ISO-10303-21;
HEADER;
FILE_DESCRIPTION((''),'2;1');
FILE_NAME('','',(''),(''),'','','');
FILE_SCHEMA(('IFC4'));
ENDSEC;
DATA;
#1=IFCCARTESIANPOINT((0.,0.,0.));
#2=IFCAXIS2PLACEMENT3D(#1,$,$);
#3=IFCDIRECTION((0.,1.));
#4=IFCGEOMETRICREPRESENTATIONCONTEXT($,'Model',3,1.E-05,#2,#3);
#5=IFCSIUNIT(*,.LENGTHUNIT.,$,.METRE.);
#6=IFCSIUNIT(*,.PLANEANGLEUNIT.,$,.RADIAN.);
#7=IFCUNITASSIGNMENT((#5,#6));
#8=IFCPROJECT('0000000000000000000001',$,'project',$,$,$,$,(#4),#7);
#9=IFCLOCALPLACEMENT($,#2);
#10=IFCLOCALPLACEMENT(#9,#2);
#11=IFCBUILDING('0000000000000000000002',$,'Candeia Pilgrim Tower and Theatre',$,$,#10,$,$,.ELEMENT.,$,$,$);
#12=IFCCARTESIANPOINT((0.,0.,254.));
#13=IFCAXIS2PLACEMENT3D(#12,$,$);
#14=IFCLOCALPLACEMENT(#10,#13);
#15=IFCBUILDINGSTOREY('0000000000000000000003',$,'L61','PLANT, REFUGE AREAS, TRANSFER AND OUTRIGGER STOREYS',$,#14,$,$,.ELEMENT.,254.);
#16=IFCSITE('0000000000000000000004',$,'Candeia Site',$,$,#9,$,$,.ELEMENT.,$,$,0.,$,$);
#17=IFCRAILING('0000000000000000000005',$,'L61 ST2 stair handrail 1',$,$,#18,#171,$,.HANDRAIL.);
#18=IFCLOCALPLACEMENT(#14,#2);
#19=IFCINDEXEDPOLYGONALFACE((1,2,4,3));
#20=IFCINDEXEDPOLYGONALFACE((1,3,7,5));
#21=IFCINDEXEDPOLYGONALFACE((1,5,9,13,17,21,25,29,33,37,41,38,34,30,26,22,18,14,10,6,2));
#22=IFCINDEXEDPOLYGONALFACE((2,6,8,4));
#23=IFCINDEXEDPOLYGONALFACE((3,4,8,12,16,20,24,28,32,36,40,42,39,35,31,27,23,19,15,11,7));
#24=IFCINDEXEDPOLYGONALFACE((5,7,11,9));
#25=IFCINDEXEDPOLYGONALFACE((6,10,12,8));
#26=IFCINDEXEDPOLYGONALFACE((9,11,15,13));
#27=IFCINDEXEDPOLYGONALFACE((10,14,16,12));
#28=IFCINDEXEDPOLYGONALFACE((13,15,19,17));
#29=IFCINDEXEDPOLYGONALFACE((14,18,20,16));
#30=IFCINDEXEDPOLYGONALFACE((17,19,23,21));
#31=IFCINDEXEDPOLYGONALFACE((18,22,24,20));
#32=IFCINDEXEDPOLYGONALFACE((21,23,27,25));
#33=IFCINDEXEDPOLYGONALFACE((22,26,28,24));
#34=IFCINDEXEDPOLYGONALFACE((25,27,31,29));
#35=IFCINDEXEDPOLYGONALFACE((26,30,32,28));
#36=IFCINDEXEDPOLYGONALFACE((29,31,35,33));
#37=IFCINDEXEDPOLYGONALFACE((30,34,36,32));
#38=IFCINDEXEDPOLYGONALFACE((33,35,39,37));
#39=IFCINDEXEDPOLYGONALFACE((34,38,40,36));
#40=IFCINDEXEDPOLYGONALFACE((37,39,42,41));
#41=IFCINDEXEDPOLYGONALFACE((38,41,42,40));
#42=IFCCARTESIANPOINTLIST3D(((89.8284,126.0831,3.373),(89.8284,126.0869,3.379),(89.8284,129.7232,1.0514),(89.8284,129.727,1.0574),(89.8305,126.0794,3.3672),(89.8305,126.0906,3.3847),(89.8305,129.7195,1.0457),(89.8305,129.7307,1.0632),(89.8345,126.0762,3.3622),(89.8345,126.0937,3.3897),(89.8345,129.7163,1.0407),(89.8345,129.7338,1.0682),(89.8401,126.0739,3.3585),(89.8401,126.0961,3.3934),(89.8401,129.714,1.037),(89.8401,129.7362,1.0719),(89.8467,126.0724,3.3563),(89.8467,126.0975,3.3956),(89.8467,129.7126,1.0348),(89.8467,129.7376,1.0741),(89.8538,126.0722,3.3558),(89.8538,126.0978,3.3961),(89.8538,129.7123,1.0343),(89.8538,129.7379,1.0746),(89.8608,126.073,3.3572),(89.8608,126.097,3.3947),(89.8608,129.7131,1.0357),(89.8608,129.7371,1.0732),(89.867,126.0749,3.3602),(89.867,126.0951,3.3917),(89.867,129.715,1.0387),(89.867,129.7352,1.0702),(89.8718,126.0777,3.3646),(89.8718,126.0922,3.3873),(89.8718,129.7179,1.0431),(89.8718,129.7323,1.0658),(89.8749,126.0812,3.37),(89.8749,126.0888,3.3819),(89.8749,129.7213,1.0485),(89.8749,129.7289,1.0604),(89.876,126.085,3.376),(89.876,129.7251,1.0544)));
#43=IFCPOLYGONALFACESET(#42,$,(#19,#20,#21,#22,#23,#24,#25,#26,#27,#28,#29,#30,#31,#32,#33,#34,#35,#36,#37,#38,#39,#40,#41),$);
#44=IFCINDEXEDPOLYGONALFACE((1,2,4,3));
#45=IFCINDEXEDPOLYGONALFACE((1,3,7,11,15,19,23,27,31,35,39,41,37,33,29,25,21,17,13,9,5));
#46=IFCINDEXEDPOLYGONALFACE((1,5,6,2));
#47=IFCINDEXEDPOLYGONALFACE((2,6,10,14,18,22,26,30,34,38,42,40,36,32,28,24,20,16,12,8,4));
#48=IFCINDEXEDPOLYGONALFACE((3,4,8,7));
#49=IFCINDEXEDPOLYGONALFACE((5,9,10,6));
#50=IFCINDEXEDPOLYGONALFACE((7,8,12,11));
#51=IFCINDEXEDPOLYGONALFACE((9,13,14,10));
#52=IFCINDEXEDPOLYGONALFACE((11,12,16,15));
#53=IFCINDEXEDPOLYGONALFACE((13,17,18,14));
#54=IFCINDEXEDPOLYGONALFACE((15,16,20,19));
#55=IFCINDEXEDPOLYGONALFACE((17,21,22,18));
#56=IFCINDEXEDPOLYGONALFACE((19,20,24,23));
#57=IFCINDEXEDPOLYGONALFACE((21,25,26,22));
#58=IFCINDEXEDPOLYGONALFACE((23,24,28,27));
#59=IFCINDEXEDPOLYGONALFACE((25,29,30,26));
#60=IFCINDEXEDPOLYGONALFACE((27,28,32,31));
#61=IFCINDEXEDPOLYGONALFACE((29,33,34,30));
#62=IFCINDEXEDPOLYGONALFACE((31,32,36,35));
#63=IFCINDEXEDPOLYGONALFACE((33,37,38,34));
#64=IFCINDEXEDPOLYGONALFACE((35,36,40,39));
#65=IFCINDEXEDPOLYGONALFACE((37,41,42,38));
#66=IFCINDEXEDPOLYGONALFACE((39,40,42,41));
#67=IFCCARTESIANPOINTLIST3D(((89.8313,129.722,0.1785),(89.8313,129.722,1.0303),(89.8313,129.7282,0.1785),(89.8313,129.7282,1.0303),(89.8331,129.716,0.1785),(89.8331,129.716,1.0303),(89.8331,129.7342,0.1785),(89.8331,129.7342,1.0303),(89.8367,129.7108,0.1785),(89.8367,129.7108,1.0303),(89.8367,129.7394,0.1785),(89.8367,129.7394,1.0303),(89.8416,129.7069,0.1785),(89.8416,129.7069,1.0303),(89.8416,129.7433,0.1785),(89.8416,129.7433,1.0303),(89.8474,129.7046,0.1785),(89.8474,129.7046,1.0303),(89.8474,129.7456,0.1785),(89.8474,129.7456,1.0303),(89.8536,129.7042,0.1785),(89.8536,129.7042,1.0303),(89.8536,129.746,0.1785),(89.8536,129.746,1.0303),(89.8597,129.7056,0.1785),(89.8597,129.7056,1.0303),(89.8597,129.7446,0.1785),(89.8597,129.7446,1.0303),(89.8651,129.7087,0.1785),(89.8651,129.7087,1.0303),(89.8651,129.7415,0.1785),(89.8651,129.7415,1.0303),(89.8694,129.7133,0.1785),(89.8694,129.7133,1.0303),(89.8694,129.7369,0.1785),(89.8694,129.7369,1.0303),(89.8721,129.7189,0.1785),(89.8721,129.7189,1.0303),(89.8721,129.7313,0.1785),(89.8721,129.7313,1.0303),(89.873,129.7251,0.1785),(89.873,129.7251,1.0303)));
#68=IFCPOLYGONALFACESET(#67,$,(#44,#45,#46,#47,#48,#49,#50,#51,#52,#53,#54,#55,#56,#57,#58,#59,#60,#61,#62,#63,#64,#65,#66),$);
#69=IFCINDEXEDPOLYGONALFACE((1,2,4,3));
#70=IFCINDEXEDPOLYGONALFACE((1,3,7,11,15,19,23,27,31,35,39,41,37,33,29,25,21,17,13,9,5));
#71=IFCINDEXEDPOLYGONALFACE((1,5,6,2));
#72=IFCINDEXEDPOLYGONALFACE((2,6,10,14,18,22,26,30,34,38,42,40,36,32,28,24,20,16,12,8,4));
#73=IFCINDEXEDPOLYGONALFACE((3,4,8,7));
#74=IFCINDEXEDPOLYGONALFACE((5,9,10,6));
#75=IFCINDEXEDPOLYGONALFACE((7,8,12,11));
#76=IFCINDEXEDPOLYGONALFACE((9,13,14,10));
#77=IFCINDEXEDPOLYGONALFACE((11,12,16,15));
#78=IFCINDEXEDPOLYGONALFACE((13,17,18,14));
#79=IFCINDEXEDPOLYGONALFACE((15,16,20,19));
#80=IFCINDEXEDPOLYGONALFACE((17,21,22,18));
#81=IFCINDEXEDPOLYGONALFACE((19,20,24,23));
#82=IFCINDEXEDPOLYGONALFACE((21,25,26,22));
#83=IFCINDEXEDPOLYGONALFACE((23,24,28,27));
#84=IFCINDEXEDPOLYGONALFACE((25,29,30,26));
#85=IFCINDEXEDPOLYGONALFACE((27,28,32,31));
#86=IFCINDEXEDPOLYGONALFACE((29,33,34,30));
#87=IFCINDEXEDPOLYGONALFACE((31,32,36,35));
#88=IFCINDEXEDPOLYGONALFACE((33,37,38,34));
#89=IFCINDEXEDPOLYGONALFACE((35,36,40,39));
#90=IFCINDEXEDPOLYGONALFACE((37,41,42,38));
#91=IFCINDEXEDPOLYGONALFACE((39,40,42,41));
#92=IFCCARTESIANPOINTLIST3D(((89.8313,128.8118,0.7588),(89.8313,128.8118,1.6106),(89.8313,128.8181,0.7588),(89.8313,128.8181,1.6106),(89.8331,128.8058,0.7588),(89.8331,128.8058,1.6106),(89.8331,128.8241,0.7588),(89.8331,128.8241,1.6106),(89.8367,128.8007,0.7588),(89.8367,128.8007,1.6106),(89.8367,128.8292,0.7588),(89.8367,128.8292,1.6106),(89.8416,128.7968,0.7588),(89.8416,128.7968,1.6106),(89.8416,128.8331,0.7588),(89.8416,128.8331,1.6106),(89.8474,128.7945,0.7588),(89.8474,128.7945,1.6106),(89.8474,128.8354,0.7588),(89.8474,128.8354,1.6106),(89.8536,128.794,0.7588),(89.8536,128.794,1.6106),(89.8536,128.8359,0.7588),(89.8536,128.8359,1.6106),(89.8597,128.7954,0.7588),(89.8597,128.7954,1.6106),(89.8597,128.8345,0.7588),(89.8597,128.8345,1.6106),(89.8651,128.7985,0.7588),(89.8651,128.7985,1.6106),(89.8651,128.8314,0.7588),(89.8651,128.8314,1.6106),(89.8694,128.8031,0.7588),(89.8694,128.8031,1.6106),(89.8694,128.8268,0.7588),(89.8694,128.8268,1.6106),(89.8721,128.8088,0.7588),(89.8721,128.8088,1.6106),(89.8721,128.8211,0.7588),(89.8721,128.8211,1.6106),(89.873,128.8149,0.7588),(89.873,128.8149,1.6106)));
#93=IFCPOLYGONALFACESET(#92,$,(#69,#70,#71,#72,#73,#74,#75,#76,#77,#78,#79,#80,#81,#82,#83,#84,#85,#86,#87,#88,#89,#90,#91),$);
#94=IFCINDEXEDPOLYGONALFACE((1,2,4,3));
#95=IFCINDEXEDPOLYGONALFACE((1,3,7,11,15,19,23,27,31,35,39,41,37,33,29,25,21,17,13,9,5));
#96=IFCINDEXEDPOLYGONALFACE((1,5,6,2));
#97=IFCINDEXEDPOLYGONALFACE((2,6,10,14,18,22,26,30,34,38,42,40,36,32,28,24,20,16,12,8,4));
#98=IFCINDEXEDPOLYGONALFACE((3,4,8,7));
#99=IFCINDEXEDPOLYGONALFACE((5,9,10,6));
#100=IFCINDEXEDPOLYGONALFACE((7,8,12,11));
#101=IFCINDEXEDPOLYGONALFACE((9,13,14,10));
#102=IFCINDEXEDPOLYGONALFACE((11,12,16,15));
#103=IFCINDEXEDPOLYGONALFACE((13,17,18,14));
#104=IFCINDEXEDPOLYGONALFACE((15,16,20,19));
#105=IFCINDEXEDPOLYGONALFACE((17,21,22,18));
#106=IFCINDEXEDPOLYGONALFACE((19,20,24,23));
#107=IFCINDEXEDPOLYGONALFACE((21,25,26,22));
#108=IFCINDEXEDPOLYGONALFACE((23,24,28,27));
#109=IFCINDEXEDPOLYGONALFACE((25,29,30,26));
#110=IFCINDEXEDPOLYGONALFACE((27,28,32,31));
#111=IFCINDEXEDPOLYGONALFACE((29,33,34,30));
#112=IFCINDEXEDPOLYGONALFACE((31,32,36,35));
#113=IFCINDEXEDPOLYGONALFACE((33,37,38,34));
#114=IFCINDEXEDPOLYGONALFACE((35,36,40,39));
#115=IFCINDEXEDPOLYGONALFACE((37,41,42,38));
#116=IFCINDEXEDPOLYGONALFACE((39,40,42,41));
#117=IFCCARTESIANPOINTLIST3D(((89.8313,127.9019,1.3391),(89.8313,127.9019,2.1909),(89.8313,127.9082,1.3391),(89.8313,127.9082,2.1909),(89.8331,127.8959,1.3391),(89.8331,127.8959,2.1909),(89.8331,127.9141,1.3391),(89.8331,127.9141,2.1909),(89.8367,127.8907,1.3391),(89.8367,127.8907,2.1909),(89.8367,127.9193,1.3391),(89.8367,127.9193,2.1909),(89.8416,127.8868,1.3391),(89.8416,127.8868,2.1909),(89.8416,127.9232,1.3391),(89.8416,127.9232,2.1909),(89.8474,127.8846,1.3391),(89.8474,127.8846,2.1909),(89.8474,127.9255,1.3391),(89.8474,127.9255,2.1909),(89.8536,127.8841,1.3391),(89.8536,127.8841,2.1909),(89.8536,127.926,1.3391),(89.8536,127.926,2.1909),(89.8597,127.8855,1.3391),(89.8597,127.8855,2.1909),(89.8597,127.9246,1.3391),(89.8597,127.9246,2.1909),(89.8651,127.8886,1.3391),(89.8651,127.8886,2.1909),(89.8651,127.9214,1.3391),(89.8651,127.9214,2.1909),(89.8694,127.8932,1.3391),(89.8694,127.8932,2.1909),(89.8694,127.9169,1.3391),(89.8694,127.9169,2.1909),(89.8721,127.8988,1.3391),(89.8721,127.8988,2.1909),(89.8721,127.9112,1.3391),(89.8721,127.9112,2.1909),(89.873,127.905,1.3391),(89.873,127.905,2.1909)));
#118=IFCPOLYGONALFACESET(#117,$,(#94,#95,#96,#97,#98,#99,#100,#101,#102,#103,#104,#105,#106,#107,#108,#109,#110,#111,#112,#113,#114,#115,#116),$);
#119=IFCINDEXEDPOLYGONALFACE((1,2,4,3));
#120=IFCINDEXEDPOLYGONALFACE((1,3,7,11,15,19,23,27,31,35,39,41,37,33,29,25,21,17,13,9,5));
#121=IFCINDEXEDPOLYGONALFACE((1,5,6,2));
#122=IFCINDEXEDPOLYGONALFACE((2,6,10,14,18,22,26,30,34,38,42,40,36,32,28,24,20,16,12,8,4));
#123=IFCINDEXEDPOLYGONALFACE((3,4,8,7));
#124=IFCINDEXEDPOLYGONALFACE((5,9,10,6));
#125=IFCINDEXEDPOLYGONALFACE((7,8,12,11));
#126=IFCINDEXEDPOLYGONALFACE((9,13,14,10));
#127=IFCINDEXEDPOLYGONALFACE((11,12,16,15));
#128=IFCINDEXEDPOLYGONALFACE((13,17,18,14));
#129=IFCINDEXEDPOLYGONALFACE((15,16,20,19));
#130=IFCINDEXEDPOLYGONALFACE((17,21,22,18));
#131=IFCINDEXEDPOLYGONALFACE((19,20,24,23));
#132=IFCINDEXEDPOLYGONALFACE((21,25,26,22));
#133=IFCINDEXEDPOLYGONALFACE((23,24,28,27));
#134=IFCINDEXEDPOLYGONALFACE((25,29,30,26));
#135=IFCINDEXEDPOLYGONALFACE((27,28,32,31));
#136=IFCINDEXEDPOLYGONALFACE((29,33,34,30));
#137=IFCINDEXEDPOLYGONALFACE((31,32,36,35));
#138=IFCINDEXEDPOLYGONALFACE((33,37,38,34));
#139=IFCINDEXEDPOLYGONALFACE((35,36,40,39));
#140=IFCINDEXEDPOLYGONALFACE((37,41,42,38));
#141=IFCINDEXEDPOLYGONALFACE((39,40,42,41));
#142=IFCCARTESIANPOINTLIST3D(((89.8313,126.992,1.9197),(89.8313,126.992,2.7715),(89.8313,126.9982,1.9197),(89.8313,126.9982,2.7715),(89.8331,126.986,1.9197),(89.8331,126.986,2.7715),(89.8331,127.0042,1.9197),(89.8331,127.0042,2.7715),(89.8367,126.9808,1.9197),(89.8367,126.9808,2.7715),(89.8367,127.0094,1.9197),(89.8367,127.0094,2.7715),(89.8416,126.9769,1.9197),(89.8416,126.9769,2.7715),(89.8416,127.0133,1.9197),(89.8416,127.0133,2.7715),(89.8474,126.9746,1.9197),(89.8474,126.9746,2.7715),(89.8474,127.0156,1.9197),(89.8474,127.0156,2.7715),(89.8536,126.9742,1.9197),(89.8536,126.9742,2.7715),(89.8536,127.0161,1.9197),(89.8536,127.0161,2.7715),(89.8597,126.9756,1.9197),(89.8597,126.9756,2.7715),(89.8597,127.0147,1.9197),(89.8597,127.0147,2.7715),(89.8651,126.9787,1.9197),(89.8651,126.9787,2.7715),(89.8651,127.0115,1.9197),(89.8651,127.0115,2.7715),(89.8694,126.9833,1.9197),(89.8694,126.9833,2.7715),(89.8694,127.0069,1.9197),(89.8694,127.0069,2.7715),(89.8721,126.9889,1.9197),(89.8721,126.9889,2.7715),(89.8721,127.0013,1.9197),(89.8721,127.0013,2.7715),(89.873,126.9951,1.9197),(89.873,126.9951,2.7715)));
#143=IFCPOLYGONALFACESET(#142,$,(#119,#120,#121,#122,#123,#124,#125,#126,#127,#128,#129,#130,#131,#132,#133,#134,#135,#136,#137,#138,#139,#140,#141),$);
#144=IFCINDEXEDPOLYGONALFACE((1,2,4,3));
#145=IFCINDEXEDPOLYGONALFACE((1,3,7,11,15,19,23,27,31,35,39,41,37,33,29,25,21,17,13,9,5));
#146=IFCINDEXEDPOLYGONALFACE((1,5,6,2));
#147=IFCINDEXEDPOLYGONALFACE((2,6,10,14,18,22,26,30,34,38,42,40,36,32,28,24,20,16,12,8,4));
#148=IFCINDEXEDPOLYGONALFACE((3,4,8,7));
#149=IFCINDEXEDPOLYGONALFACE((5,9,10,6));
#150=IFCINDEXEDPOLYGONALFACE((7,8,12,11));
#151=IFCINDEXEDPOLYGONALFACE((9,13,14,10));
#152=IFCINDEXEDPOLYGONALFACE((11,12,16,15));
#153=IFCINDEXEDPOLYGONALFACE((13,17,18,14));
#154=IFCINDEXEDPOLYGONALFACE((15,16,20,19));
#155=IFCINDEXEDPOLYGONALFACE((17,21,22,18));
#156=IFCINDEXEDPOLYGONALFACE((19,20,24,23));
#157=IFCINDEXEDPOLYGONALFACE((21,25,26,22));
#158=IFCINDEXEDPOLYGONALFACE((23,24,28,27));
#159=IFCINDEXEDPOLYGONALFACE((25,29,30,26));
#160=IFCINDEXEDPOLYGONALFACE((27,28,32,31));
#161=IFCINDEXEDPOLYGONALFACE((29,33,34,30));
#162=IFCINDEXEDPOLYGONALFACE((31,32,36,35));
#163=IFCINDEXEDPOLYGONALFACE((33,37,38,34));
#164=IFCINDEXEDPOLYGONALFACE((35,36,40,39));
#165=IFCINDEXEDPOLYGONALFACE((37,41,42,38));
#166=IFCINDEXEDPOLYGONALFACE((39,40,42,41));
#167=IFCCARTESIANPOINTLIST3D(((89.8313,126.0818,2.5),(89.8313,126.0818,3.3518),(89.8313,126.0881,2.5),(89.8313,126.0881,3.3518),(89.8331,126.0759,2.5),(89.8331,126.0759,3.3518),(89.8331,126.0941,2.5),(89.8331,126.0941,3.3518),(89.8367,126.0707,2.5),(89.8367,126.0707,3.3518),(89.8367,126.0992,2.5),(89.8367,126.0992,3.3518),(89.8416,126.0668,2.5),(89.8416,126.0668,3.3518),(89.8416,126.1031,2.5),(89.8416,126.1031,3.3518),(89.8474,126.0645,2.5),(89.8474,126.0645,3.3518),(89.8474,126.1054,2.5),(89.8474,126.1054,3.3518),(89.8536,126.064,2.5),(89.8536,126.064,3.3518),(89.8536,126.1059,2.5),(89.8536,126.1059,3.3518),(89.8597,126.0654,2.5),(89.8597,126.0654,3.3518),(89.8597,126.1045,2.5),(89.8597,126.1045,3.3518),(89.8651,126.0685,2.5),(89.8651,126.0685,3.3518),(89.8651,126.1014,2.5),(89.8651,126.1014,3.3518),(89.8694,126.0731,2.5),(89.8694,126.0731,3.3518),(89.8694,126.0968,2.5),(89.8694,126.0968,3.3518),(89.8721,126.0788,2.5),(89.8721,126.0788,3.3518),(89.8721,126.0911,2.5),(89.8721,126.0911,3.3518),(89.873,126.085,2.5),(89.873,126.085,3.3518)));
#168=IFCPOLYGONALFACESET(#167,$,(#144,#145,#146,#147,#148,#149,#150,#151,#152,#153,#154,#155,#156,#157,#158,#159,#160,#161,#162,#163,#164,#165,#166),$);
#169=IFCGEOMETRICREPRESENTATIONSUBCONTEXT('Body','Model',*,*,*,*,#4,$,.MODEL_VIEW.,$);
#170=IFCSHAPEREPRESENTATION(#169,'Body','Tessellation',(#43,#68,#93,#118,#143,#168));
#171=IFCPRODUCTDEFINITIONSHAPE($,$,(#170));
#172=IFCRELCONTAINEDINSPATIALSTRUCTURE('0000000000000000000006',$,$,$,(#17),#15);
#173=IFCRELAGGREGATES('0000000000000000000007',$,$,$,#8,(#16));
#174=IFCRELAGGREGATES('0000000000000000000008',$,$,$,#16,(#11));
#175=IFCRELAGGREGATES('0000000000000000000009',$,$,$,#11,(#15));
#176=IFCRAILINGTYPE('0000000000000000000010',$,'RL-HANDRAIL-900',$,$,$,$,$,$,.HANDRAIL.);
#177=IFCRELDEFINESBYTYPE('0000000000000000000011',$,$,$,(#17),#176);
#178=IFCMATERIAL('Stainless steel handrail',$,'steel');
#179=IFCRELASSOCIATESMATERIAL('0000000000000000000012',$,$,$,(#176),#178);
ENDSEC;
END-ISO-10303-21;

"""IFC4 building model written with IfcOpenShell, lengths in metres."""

from ifc_helpers import new_model, si_unit, direction, frame, origin, origin_2d, place, context, subcontext, project, spatial, circle, extrude, material, type_object, element, save


model = new_model("IFC4")

# Units and contexts
model_context = context("Model", 3, precision=1e-05, world=origin(), true_north=direction((0.0, 1.0)))
body_context = subcontext(model_context, "Body", "Model", "MODEL_VIEW")
ifc_project = project(units=[si_unit("LENGTHUNIT", "METRE"), si_unit("PLANEANGLEUNIT", "RADIAN")], contexts=[model_context])

# Site, building, storey
site_placement = place(None, origin())
site = spatial("IfcSite", under=ifc_project, at=site_placement, Name="Candeia Site", CompositionType="ELEMENT", RefElevation=0.0)
building_placement = place(site_placement, origin())
building = spatial("IfcBuilding", under=site, at=building_placement, Name="Candeia Pilgrim Tower and Theatre", CompositionType="ELEMENT")
storey_placement = place(building_placement, frame((0.0, 0.0, 254.0)))
storey = spatial("IfcBuildingStorey", under=building, at=storey_placement, Name="L61", Description="PLANT, REFUGE AREAS, TRANSFER AND OUTRIGGER STOREYS", CompositionType="ELEMENT", Elevation=254.0)

# Railing
ifc_material_1 = material(Name="Stainless steel handrail", Category="steel")
railing_type_1 = type_object("IfcRailingType", Name="RL-HANDRAIL-900", PredefinedType="HANDRAIL", material=ifc_material_1)
railing_1_placement = place(storey_placement, frame((89.8521, 129.7251, 0.1785)))
element("IfcRailing", 1, at=railing_1_placement, inside=storey, type_object=railing_type_1, Name="L61 ST2 stair handrail 1", PredefinedType="HANDRAIL", context=body_context, shape_type="SweptSolid", body=[
    extrude(circle(Radius=0.0239, at=origin_2d()), frame((0.0, 0.0, 0.876), z_axis=(0.0, -0.843128, 0.537713), x_axis=(1.0, 0.0, 0.0)), (0.0, 0.0, 1.0), 4.3174),
    extrude(circle(Radius=0.021, at=origin_2d()), origin(), (0.0, 0.0, 1.0), 0.8518),
    extrude(circle(Radius=0.021, at=origin_2d()), frame((0.0, -0.9102, 0.5803)), (0.0, 0.0, 1.0), 0.8518),
    extrude(circle(Radius=0.021, at=origin_2d()), frame((0.0, -1.8201, 1.1606)), (0.0, 0.0, 1.0), 0.8518),
    extrude(circle(Radius=0.021, at=origin_2d()), frame((0.0, -2.73, 1.7412)), (0.0, 0.0, 1.0), 0.8518),
    extrude(circle(Radius=0.021, at=origin_2d()), frame((0.0, -3.6401, 2.3215)), (0.0, 0.0, 1.0), 0.8518),
])

save(model, "model.ifc")
